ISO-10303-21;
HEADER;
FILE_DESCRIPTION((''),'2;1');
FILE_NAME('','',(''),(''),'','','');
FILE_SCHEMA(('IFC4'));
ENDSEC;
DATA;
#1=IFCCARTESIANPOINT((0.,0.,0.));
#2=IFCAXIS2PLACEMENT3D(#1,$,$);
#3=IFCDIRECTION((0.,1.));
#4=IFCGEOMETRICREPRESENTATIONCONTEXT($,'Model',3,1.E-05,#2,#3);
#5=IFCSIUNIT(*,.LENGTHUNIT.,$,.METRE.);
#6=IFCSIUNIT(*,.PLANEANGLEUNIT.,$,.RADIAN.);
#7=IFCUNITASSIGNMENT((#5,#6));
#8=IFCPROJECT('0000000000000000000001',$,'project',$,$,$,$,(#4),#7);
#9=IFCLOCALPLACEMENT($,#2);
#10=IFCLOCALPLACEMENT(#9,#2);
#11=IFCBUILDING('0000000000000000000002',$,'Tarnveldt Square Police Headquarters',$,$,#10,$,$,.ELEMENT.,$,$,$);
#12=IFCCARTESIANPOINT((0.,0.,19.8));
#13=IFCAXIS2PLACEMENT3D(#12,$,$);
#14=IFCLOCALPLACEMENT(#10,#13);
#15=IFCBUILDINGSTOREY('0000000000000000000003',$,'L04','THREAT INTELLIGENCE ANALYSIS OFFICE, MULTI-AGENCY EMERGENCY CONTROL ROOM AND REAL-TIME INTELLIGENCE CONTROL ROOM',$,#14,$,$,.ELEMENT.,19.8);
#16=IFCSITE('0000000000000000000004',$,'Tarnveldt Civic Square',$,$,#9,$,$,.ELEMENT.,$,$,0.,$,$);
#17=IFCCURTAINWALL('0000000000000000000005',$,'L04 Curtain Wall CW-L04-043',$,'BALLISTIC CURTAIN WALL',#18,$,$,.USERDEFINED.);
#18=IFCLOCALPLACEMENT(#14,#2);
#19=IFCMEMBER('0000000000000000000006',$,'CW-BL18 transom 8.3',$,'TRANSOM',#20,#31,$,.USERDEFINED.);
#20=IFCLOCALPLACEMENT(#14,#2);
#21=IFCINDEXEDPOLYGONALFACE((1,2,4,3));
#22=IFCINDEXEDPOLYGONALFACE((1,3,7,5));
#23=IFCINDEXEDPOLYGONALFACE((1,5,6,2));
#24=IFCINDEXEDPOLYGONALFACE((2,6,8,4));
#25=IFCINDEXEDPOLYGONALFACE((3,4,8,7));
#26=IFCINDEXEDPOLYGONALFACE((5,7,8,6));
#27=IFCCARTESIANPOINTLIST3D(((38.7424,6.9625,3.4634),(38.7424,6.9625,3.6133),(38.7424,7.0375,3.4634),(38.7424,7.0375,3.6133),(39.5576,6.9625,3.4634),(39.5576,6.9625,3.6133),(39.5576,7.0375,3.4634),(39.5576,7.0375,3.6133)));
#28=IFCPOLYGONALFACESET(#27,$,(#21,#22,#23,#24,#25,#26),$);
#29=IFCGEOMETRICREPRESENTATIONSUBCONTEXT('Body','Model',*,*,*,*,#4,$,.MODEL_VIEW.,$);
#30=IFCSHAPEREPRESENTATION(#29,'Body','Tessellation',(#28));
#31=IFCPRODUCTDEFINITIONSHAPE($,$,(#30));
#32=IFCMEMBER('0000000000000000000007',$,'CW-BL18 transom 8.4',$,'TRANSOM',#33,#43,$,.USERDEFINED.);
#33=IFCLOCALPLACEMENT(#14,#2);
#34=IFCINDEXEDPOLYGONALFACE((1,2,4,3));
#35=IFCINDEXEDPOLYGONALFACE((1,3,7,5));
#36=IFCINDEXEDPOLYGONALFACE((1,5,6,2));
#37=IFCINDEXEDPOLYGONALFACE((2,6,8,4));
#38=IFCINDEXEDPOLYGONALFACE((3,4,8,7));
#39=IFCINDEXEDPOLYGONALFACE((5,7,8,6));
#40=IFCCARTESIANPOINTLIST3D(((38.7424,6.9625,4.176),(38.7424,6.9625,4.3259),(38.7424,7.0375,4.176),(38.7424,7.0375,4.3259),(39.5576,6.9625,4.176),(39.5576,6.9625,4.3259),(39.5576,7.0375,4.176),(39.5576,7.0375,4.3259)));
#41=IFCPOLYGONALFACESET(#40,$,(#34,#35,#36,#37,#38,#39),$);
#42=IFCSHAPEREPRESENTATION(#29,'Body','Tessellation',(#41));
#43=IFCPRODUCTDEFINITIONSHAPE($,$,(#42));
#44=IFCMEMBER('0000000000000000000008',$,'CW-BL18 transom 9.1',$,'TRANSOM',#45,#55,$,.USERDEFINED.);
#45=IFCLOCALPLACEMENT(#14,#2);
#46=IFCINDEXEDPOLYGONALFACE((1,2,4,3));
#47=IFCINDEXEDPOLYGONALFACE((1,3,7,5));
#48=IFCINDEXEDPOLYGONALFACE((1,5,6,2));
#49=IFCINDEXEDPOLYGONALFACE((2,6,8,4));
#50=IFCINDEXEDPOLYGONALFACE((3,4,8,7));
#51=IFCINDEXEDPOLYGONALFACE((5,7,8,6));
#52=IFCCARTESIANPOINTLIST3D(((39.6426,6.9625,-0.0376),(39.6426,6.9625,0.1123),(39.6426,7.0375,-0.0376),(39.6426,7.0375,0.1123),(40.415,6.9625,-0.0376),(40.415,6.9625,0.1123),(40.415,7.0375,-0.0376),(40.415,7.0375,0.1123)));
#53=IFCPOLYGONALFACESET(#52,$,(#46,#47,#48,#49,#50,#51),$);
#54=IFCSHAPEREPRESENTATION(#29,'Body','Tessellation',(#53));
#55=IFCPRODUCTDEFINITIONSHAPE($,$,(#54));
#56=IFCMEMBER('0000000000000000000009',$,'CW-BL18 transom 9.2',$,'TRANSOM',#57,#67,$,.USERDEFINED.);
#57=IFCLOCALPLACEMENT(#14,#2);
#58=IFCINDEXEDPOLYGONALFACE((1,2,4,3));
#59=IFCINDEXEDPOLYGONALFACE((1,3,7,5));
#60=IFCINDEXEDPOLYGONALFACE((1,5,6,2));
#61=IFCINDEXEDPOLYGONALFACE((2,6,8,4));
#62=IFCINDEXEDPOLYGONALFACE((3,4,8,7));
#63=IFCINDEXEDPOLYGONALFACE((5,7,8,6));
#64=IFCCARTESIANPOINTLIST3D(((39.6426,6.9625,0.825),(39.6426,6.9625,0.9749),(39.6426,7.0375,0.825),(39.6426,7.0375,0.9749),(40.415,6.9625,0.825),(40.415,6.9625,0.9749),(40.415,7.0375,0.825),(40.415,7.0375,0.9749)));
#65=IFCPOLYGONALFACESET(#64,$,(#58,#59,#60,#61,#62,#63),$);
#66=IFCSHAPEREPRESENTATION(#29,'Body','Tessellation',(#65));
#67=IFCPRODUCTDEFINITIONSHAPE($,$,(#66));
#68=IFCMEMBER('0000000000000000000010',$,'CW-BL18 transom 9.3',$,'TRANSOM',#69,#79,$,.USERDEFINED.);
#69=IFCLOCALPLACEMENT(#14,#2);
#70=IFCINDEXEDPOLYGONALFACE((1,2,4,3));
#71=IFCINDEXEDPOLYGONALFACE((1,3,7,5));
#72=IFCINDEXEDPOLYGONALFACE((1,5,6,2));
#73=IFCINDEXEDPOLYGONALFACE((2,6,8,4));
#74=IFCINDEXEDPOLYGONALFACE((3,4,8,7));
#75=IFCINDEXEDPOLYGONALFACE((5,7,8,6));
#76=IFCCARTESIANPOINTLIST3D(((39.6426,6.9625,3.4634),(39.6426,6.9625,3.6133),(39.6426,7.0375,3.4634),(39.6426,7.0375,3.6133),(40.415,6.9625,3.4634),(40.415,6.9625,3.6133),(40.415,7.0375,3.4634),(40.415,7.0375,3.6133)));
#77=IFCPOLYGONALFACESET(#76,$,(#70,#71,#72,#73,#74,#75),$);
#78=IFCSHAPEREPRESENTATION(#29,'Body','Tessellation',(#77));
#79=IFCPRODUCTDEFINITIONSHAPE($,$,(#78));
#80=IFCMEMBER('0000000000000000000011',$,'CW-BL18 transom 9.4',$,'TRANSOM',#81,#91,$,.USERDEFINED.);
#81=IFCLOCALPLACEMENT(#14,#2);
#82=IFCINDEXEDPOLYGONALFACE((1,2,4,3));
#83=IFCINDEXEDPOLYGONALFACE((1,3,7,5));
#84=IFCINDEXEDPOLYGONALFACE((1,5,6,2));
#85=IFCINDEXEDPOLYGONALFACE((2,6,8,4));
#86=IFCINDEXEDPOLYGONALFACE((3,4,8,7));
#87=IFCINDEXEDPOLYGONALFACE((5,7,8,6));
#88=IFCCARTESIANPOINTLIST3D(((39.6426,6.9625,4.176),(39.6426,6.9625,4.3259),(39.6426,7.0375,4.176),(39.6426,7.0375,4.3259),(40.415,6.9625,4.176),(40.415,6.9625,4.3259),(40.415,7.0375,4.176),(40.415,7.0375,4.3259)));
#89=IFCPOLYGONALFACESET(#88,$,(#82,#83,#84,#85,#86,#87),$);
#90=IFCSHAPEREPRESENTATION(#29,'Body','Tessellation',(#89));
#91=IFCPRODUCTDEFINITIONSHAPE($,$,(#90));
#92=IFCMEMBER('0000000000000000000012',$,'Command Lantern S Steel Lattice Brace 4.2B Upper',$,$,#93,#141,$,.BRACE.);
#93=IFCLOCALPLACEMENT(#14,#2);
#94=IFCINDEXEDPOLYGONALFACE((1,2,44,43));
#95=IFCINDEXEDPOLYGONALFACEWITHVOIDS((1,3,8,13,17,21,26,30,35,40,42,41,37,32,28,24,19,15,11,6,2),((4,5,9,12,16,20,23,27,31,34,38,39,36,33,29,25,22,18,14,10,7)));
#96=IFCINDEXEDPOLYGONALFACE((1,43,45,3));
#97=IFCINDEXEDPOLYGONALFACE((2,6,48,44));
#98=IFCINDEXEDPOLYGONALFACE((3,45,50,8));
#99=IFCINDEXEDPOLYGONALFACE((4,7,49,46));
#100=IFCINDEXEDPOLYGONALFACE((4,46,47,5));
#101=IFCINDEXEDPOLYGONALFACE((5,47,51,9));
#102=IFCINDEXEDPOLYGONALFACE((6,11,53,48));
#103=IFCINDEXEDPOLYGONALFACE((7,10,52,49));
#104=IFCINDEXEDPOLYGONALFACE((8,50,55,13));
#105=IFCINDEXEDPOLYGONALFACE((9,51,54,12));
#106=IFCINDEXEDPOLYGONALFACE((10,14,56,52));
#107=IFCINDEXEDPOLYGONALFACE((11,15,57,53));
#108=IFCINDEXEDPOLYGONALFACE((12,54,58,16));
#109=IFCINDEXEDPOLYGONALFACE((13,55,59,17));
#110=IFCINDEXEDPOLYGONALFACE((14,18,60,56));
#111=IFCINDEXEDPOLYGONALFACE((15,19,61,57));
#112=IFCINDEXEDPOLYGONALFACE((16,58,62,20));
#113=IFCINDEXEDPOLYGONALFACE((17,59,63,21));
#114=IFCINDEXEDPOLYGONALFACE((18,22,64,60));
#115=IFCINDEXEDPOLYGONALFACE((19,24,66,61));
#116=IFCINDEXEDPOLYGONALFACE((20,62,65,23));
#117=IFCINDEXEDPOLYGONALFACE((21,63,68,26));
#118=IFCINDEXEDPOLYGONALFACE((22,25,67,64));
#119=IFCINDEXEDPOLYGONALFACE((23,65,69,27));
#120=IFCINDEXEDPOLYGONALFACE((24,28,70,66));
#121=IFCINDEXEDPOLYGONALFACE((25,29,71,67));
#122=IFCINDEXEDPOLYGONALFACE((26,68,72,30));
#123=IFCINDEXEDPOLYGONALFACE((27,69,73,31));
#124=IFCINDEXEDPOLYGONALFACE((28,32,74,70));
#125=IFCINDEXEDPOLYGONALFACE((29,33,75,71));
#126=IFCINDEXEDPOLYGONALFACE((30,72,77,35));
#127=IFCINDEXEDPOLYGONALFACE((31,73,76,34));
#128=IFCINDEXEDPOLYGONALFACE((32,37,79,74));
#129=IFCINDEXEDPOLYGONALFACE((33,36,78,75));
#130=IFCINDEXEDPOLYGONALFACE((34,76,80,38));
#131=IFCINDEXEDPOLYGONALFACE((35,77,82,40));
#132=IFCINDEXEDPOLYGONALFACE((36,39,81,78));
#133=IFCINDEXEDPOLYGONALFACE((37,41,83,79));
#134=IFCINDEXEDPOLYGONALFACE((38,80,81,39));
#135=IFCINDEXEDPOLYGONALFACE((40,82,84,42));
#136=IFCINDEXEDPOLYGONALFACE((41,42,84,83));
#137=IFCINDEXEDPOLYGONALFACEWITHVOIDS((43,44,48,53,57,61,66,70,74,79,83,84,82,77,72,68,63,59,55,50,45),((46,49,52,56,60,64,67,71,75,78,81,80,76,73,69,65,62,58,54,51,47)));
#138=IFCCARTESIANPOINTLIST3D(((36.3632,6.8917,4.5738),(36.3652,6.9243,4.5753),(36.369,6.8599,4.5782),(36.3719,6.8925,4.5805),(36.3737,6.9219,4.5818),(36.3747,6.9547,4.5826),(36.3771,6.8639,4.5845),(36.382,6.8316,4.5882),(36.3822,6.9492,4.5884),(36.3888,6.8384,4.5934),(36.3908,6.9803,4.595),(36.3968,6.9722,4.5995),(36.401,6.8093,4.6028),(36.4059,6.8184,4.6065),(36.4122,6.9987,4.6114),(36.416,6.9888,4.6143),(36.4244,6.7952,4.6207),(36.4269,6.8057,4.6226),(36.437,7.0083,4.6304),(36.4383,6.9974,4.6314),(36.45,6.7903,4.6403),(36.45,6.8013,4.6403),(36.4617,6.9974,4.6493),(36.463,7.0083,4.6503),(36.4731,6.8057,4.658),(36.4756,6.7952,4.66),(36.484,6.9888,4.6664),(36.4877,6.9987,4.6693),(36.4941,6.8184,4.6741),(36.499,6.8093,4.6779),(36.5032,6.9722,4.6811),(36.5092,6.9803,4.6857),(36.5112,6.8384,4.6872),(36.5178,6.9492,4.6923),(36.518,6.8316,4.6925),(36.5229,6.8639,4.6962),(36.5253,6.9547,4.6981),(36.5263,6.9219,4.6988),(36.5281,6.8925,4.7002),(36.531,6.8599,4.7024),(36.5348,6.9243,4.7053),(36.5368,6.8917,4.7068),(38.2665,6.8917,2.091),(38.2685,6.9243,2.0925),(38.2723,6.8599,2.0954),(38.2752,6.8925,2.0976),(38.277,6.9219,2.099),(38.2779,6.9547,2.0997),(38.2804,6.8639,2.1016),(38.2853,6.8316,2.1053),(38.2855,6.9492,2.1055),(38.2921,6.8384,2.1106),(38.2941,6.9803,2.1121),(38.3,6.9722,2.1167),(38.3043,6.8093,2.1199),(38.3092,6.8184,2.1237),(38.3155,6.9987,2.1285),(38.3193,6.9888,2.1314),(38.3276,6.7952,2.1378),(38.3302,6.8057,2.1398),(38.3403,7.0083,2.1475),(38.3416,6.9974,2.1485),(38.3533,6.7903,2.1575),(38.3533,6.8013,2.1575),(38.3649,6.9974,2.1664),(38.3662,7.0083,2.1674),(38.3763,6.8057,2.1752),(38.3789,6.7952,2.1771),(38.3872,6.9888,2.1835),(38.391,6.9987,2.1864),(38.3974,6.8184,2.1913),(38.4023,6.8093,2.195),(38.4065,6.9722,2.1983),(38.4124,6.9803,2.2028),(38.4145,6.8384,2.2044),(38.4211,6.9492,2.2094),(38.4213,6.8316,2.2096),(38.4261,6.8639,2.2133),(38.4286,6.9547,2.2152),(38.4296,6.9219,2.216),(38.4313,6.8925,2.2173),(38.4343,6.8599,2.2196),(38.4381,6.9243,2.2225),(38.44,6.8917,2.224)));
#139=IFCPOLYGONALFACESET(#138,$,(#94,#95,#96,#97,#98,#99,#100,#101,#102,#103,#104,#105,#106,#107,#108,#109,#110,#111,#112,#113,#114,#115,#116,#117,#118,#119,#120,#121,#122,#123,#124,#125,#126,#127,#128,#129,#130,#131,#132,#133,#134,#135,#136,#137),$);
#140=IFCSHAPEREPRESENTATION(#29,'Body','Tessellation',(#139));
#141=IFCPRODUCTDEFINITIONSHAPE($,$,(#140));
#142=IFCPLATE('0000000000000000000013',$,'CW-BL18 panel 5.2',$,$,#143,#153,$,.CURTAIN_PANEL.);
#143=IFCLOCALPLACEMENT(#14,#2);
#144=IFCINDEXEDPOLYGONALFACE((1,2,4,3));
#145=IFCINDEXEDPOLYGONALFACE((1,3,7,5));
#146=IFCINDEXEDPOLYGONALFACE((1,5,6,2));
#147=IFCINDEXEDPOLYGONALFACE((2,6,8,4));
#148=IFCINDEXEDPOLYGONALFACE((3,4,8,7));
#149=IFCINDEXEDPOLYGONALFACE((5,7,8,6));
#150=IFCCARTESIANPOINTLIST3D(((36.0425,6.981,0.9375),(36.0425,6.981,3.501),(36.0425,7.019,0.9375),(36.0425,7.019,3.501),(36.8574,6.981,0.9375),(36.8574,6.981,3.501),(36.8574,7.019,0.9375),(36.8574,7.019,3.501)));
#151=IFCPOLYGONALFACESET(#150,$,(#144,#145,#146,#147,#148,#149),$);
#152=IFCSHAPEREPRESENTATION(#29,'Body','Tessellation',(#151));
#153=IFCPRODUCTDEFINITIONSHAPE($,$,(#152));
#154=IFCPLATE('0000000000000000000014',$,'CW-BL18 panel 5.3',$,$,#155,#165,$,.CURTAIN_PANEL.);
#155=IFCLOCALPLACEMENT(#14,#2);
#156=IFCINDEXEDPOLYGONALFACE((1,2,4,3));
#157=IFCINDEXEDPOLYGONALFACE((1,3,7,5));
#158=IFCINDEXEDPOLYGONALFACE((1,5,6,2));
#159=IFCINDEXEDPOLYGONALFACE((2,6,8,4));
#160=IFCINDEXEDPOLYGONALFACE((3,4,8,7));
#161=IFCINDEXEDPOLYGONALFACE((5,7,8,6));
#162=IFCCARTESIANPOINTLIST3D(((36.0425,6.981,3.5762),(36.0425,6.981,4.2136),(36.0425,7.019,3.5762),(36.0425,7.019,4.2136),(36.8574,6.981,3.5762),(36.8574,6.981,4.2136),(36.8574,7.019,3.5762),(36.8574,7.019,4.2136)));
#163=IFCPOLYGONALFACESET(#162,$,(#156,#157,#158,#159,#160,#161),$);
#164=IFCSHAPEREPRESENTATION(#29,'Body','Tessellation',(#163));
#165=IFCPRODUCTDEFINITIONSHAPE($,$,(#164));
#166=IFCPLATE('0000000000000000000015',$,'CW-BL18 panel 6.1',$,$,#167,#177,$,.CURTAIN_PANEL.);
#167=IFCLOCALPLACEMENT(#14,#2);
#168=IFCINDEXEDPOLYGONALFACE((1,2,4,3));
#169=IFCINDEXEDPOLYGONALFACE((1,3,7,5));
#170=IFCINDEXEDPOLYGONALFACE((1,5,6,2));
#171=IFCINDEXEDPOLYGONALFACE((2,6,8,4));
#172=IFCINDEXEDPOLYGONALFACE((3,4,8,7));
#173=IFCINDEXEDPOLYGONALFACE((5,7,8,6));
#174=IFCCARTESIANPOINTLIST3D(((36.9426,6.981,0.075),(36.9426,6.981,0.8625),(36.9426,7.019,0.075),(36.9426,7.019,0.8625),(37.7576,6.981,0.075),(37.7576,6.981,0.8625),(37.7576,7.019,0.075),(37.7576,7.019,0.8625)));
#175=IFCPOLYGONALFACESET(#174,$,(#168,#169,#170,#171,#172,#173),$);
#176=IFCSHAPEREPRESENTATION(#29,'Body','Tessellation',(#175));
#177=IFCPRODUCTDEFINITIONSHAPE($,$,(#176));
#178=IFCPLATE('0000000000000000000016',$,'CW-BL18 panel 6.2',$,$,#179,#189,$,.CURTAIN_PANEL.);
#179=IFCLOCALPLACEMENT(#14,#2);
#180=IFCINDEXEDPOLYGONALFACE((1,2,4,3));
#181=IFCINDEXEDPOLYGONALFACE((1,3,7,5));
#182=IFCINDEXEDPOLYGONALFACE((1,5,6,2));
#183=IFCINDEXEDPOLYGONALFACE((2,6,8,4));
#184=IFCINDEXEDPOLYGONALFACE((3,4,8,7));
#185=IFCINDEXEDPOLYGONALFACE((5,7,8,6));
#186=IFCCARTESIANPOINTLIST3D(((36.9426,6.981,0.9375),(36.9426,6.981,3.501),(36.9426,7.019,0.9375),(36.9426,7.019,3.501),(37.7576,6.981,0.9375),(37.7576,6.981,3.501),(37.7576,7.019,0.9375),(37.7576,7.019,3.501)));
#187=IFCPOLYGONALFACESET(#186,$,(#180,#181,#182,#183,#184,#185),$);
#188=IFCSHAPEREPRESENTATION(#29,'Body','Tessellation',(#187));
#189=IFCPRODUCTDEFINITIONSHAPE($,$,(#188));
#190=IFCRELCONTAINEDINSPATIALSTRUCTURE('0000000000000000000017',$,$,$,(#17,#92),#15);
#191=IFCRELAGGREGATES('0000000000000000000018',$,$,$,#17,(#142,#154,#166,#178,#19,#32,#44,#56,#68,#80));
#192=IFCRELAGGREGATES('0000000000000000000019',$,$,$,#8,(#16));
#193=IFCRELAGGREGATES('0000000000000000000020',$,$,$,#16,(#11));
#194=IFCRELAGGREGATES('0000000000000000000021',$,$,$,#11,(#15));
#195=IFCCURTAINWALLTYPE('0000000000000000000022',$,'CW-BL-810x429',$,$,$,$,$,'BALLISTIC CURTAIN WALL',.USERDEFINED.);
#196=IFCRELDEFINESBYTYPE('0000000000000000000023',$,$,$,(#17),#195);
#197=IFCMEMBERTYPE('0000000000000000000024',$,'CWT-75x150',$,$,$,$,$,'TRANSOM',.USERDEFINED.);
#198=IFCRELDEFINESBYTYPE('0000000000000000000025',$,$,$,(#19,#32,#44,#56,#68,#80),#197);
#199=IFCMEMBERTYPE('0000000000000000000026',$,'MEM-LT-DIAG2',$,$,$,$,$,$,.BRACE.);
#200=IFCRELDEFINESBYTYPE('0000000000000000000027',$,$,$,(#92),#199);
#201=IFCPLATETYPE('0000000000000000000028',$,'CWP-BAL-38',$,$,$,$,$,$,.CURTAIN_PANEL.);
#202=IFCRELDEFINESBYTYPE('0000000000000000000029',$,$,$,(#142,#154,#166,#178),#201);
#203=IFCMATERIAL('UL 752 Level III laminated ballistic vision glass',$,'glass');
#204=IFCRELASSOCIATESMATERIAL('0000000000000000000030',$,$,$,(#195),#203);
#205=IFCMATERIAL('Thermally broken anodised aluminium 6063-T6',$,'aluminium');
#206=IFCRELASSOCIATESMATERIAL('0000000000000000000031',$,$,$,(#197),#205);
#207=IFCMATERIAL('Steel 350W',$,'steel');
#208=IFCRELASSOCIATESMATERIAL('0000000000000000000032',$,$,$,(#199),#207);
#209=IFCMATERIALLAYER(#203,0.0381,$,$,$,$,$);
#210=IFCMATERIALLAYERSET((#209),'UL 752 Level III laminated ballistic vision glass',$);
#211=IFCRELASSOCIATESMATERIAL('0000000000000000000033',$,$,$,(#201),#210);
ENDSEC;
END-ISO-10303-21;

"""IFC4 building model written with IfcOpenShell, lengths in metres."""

from ifc_helpers import new_model, si_unit, direction, frame, origin, origin_2d, place, context, subcontext, project, spatial, rectangle, hollow_circle, extrude, material, layer, layer_set, material_profile, profile_set, type_object, element, aggregate, save


model = new_model("IFC4")

# Units and contexts
model_context = context("Model", 3, precision=1e-05, world=origin(), true_north=direction((0.0, 1.0)))
body_context = subcontext(model_context, "Body", "Model", "MODEL_VIEW")
ifc_project = project(units=[si_unit("LENGTHUNIT", "METRE"), si_unit("PLANEANGLEUNIT", "RADIAN")], contexts=[model_context])

# Site, building, storey
site_placement = place(None, origin())
site = spatial("IfcSite", under=ifc_project, at=site_placement, Name="Tarnveldt Civic Square", CompositionType="ELEMENT", RefElevation=0.0)
building_placement = place(site_placement, origin())
building = spatial("IfcBuilding", under=site, at=building_placement, Name="Tarnveldt Square Police Headquarters", CompositionType="ELEMENT")
storey_placement = place(building_placement, frame((0.0, 0.0, 19.8)))
storey = spatial("IfcBuildingStorey", under=building, at=storey_placement, Name="L04", Description="THREAT INTELLIGENCE ANALYSIS OFFICE, MULTI-AGENCY EMERGENCY CONTROL ROOM AND REAL-TIME INTELLIGENCE CONTROL ROOM", CompositionType="ELEMENT", Elevation=19.8)

# Curtain wall, members
ifc_material_1 = material(Name="UL 752 Level III laminated ballistic vision glass", Category="glass")
curtain_wall_type = type_object("IfcCurtainWallType", Name="CW-BL-810x429", ElementType="BALLISTIC CURTAIN WALL", PredefinedType="USERDEFINED", material=ifc_material_1)
curtain_wall_placement = place(storey_placement, origin())
curtain_wall = element("IfcCurtainWall", 1, at=curtain_wall_placement, inside=storey, type_object=curtain_wall_type, Name="L04 Curtain Wall CW-L04-043", ObjectType="BALLISTIC CURTAIN WALL", PredefinedType="USERDEFINED")
ifc_material_2 = material(Name="Thermally broken anodised aluminium 6063-T6", Category="aluminium")
ifc_material_profile_1 = material_profile(ifc_material_2, rectangle(XDim=0.075, YDim=0.1499, at=origin_2d()), Name="CW-T75x150")
ifc_profile_set_1 = profile_set([ifc_material_profile_1], Name="Thermally broken anodised aluminium 6063-T6")
member_type_1 = type_object("IfcMemberType", Name="CWT-75x150", ElementType="TRANSOM", PredefinedType="USERDEFINED", material=ifc_profile_set_1)
member_1_placement = place(storey_placement, frame((38.7424, 7.0, 3.5383), z_axis=(1.0, 0.0, 0.0), x_axis=(0.0, 1.0, 0.0)))
member_1 = element("IfcMember", 2, at=member_1_placement, type_object=member_type_1, Name="CW-BL18 transom 8.3", ObjectType="TRANSOM", PredefinedType="USERDEFINED", context=body_context, shape_type="SweptSolid", body=[
    extrude(rectangle(XDim=0.075, YDim=0.1499, at=origin_2d()), origin(), (0.0, 0.0, 1.0), 0.8152),
])
member_2_placement = place(storey_placement, frame((38.7424, 7.0, 4.251), z_axis=(1.0, 0.0, 0.0), x_axis=(0.0, 1.0, 0.0)))
member_2 = element("IfcMember", 3, at=member_2_placement, type_object=member_type_1, Name="CW-BL18 transom 8.4", ObjectType="TRANSOM", PredefinedType="USERDEFINED", context=body_context, shape_type="SweptSolid", body=[
    extrude(rectangle(XDim=0.075, YDim=0.1499, at=origin_2d()), origin(), (0.0, 0.0, 1.0), 0.8152),
])
member_3_placement = place(storey_placement, frame((39.6426, 7.0, 0.0374), z_axis=(1.0, 0.0, 0.0), x_axis=(0.0, 1.0, 0.0)))
member_3 = element("IfcMember", 4, at=member_3_placement, type_object=member_type_1, Name="CW-BL18 transom 9.1", ObjectType="TRANSOM", PredefinedType="USERDEFINED", context=body_context, shape_type="SweptSolid", body=[
    extrude(rectangle(XDim=0.075, YDim=0.1499, at=origin_2d()), origin(), (0.0, 0.0, 1.0), 0.7725),
])
member_4_placement = place(storey_placement, frame((39.6426, 7.0, 0.8999), z_axis=(1.0, 0.0, 0.0), x_axis=(0.0, 1.0, 0.0)))
member_4 = element("IfcMember", 5, at=member_4_placement, type_object=member_type_1, Name="CW-BL18 transom 9.2", ObjectType="TRANSOM", PredefinedType="USERDEFINED", context=body_context, shape_type="SweptSolid", body=[
    extrude(rectangle(XDim=0.075, YDim=0.1499, at=origin_2d()), origin(), (0.0, 0.0, 1.0), 0.7725),
])
member_5_placement = place(storey_placement, frame((39.6426, 7.0, 3.5383), z_axis=(1.0, 0.0, 0.0), x_axis=(0.0, 1.0, 0.0)))
member_5 = element("IfcMember", 6, at=member_5_placement, type_object=member_type_1, Name="CW-BL18 transom 9.3", ObjectType="TRANSOM", PredefinedType="USERDEFINED", context=body_context, shape_type="SweptSolid", body=[
    extrude(rectangle(XDim=0.075, YDim=0.1499, at=origin_2d()), origin(), (0.0, 0.0, 1.0), 0.7725),
])
member_6_placement = place(storey_placement, frame((39.6426, 7.0, 4.251), z_axis=(1.0, 0.0, 0.0), x_axis=(0.0, 1.0, 0.0)))
member_6 = element("IfcMember", 7, at=member_6_placement, type_object=member_type_1, Name="CW-BL18 transom 9.4", ObjectType="TRANSOM", PredefinedType="USERDEFINED", context=body_context, shape_type="SweptSolid", body=[
    extrude(rectangle(XDim=0.075, YDim=0.1499, at=origin_2d()), origin(), (0.0, 0.0, 1.0), 0.7725),
])

# Member
ifc_material_3 = material(Name="Steel 350W", Category="steel")
ifc_material_profile_2 = material_profile(ifc_material_3, hollow_circle(Radius=0.1096, WallThickness=0.011, at=origin_2d()), Name="HSS219x11")
ifc_profile_set_2 = profile_set([ifc_material_profile_2], Name="Steel 350W")
member_type_2 = type_object("IfcMemberType", Name="MEM-LT-DIAG2", PredefinedType="BRACE", material=ifc_profile_set_2)
member_7_placement = place(storey_placement, frame((38.3533, 6.8999, 2.1575), z_axis=(-0.608382, 0.0, 0.793644), x_axis=(0.0, -1.0, 0.0)))
element("IfcMember", 8, at=member_7_placement, inside=storey, type_object=member_type_2, Name="Command Lantern S Steel Lattice Brace 4.2B Upper", PredefinedType="BRACE", context=body_context, shape_type="SweptSolid", body=[
    extrude(hollow_circle(Radius=0.1096, WallThickness=0.011, at=origin_2d()), origin(), (0.0, 0.0, 1.0), 3.1284),
])

# Plates
ifc_layer_1 = layer(ifc_material_1, 0.0381)
ifc_layer_set_1 = layer_set([ifc_layer_1], Name="UL 752 Level III laminated ballistic vision glass")
plate_type_1 = type_object("IfcPlateType", Name="CWP-BAL-38", PredefinedType="CURTAIN_PANEL", material=ifc_layer_set_1)
plate_1_placement = place(storey_placement, frame((36.45, 7.0, 0.9375), z_axis=(0.0, 0.0, 1.0), x_axis=(1.0, 0.0, 0.0)))
plate_1 = element("IfcPlate", 9, at=plate_1_placement, type_object=plate_type_1, Name="CW-BL18 panel 5.2", PredefinedType="CURTAIN_PANEL", context=body_context, shape_type="SweptSolid", body=[
    extrude(rectangle(XDim=0.8149, YDim=0.0381, at=origin_2d()), origin(), (0.0, 0.0, 1.0), 2.5635),
])
plate_2_placement = place(storey_placement, frame((36.45, 7.0, 3.5762), z_axis=(0.0, 0.0, 1.0), x_axis=(1.0, 0.0, 0.0)))
plate_2 = element("IfcPlate", 10, at=plate_2_placement, type_object=plate_type_1, Name="CW-BL18 panel 5.3", PredefinedType="CURTAIN_PANEL", context=body_context, shape_type="SweptSolid", body=[
    extrude(rectangle(XDim=0.8149, YDim=0.0381, at=origin_2d()), origin(), (0.0, 0.0, 1.0), 0.6375),
])
plate_3_placement = place(storey_placement, frame((37.3501, 7.0, 0.075), z_axis=(0.0, 0.0, 1.0), x_axis=(1.0, 0.0, 0.0)))
plate_3 = element("IfcPlate", 11, at=plate_3_placement, type_object=plate_type_1, Name="CW-BL18 panel 6.1", PredefinedType="CURTAIN_PANEL", context=body_context, shape_type="SweptSolid", body=[
    extrude(rectangle(XDim=0.8149, YDim=0.0381, at=origin_2d()), origin(), (0.0, 0.0, 1.0), 0.7876),
])
plate_4_placement = place(storey_placement, frame((37.3501, 7.0, 0.9375), z_axis=(0.0, 0.0, 1.0), x_axis=(1.0, 0.0, 0.0)))
plate_4 = element("IfcPlate", 12, at=plate_4_placement, type_object=plate_type_1, Name="CW-BL18 panel 6.2", PredefinedType="CURTAIN_PANEL", context=body_context, shape_type="SweptSolid", body=[
    extrude(rectangle(XDim=0.8149, YDim=0.0381, at=origin_2d()), origin(), (0.0, 0.0, 1.0), 2.5635),
])
aggregate(curtain_wall, [plate_1, plate_2, plate_3, plate_4, member_1, member_2, member_3, member_4, member_5, member_6])

save(model, "model.ifc")
